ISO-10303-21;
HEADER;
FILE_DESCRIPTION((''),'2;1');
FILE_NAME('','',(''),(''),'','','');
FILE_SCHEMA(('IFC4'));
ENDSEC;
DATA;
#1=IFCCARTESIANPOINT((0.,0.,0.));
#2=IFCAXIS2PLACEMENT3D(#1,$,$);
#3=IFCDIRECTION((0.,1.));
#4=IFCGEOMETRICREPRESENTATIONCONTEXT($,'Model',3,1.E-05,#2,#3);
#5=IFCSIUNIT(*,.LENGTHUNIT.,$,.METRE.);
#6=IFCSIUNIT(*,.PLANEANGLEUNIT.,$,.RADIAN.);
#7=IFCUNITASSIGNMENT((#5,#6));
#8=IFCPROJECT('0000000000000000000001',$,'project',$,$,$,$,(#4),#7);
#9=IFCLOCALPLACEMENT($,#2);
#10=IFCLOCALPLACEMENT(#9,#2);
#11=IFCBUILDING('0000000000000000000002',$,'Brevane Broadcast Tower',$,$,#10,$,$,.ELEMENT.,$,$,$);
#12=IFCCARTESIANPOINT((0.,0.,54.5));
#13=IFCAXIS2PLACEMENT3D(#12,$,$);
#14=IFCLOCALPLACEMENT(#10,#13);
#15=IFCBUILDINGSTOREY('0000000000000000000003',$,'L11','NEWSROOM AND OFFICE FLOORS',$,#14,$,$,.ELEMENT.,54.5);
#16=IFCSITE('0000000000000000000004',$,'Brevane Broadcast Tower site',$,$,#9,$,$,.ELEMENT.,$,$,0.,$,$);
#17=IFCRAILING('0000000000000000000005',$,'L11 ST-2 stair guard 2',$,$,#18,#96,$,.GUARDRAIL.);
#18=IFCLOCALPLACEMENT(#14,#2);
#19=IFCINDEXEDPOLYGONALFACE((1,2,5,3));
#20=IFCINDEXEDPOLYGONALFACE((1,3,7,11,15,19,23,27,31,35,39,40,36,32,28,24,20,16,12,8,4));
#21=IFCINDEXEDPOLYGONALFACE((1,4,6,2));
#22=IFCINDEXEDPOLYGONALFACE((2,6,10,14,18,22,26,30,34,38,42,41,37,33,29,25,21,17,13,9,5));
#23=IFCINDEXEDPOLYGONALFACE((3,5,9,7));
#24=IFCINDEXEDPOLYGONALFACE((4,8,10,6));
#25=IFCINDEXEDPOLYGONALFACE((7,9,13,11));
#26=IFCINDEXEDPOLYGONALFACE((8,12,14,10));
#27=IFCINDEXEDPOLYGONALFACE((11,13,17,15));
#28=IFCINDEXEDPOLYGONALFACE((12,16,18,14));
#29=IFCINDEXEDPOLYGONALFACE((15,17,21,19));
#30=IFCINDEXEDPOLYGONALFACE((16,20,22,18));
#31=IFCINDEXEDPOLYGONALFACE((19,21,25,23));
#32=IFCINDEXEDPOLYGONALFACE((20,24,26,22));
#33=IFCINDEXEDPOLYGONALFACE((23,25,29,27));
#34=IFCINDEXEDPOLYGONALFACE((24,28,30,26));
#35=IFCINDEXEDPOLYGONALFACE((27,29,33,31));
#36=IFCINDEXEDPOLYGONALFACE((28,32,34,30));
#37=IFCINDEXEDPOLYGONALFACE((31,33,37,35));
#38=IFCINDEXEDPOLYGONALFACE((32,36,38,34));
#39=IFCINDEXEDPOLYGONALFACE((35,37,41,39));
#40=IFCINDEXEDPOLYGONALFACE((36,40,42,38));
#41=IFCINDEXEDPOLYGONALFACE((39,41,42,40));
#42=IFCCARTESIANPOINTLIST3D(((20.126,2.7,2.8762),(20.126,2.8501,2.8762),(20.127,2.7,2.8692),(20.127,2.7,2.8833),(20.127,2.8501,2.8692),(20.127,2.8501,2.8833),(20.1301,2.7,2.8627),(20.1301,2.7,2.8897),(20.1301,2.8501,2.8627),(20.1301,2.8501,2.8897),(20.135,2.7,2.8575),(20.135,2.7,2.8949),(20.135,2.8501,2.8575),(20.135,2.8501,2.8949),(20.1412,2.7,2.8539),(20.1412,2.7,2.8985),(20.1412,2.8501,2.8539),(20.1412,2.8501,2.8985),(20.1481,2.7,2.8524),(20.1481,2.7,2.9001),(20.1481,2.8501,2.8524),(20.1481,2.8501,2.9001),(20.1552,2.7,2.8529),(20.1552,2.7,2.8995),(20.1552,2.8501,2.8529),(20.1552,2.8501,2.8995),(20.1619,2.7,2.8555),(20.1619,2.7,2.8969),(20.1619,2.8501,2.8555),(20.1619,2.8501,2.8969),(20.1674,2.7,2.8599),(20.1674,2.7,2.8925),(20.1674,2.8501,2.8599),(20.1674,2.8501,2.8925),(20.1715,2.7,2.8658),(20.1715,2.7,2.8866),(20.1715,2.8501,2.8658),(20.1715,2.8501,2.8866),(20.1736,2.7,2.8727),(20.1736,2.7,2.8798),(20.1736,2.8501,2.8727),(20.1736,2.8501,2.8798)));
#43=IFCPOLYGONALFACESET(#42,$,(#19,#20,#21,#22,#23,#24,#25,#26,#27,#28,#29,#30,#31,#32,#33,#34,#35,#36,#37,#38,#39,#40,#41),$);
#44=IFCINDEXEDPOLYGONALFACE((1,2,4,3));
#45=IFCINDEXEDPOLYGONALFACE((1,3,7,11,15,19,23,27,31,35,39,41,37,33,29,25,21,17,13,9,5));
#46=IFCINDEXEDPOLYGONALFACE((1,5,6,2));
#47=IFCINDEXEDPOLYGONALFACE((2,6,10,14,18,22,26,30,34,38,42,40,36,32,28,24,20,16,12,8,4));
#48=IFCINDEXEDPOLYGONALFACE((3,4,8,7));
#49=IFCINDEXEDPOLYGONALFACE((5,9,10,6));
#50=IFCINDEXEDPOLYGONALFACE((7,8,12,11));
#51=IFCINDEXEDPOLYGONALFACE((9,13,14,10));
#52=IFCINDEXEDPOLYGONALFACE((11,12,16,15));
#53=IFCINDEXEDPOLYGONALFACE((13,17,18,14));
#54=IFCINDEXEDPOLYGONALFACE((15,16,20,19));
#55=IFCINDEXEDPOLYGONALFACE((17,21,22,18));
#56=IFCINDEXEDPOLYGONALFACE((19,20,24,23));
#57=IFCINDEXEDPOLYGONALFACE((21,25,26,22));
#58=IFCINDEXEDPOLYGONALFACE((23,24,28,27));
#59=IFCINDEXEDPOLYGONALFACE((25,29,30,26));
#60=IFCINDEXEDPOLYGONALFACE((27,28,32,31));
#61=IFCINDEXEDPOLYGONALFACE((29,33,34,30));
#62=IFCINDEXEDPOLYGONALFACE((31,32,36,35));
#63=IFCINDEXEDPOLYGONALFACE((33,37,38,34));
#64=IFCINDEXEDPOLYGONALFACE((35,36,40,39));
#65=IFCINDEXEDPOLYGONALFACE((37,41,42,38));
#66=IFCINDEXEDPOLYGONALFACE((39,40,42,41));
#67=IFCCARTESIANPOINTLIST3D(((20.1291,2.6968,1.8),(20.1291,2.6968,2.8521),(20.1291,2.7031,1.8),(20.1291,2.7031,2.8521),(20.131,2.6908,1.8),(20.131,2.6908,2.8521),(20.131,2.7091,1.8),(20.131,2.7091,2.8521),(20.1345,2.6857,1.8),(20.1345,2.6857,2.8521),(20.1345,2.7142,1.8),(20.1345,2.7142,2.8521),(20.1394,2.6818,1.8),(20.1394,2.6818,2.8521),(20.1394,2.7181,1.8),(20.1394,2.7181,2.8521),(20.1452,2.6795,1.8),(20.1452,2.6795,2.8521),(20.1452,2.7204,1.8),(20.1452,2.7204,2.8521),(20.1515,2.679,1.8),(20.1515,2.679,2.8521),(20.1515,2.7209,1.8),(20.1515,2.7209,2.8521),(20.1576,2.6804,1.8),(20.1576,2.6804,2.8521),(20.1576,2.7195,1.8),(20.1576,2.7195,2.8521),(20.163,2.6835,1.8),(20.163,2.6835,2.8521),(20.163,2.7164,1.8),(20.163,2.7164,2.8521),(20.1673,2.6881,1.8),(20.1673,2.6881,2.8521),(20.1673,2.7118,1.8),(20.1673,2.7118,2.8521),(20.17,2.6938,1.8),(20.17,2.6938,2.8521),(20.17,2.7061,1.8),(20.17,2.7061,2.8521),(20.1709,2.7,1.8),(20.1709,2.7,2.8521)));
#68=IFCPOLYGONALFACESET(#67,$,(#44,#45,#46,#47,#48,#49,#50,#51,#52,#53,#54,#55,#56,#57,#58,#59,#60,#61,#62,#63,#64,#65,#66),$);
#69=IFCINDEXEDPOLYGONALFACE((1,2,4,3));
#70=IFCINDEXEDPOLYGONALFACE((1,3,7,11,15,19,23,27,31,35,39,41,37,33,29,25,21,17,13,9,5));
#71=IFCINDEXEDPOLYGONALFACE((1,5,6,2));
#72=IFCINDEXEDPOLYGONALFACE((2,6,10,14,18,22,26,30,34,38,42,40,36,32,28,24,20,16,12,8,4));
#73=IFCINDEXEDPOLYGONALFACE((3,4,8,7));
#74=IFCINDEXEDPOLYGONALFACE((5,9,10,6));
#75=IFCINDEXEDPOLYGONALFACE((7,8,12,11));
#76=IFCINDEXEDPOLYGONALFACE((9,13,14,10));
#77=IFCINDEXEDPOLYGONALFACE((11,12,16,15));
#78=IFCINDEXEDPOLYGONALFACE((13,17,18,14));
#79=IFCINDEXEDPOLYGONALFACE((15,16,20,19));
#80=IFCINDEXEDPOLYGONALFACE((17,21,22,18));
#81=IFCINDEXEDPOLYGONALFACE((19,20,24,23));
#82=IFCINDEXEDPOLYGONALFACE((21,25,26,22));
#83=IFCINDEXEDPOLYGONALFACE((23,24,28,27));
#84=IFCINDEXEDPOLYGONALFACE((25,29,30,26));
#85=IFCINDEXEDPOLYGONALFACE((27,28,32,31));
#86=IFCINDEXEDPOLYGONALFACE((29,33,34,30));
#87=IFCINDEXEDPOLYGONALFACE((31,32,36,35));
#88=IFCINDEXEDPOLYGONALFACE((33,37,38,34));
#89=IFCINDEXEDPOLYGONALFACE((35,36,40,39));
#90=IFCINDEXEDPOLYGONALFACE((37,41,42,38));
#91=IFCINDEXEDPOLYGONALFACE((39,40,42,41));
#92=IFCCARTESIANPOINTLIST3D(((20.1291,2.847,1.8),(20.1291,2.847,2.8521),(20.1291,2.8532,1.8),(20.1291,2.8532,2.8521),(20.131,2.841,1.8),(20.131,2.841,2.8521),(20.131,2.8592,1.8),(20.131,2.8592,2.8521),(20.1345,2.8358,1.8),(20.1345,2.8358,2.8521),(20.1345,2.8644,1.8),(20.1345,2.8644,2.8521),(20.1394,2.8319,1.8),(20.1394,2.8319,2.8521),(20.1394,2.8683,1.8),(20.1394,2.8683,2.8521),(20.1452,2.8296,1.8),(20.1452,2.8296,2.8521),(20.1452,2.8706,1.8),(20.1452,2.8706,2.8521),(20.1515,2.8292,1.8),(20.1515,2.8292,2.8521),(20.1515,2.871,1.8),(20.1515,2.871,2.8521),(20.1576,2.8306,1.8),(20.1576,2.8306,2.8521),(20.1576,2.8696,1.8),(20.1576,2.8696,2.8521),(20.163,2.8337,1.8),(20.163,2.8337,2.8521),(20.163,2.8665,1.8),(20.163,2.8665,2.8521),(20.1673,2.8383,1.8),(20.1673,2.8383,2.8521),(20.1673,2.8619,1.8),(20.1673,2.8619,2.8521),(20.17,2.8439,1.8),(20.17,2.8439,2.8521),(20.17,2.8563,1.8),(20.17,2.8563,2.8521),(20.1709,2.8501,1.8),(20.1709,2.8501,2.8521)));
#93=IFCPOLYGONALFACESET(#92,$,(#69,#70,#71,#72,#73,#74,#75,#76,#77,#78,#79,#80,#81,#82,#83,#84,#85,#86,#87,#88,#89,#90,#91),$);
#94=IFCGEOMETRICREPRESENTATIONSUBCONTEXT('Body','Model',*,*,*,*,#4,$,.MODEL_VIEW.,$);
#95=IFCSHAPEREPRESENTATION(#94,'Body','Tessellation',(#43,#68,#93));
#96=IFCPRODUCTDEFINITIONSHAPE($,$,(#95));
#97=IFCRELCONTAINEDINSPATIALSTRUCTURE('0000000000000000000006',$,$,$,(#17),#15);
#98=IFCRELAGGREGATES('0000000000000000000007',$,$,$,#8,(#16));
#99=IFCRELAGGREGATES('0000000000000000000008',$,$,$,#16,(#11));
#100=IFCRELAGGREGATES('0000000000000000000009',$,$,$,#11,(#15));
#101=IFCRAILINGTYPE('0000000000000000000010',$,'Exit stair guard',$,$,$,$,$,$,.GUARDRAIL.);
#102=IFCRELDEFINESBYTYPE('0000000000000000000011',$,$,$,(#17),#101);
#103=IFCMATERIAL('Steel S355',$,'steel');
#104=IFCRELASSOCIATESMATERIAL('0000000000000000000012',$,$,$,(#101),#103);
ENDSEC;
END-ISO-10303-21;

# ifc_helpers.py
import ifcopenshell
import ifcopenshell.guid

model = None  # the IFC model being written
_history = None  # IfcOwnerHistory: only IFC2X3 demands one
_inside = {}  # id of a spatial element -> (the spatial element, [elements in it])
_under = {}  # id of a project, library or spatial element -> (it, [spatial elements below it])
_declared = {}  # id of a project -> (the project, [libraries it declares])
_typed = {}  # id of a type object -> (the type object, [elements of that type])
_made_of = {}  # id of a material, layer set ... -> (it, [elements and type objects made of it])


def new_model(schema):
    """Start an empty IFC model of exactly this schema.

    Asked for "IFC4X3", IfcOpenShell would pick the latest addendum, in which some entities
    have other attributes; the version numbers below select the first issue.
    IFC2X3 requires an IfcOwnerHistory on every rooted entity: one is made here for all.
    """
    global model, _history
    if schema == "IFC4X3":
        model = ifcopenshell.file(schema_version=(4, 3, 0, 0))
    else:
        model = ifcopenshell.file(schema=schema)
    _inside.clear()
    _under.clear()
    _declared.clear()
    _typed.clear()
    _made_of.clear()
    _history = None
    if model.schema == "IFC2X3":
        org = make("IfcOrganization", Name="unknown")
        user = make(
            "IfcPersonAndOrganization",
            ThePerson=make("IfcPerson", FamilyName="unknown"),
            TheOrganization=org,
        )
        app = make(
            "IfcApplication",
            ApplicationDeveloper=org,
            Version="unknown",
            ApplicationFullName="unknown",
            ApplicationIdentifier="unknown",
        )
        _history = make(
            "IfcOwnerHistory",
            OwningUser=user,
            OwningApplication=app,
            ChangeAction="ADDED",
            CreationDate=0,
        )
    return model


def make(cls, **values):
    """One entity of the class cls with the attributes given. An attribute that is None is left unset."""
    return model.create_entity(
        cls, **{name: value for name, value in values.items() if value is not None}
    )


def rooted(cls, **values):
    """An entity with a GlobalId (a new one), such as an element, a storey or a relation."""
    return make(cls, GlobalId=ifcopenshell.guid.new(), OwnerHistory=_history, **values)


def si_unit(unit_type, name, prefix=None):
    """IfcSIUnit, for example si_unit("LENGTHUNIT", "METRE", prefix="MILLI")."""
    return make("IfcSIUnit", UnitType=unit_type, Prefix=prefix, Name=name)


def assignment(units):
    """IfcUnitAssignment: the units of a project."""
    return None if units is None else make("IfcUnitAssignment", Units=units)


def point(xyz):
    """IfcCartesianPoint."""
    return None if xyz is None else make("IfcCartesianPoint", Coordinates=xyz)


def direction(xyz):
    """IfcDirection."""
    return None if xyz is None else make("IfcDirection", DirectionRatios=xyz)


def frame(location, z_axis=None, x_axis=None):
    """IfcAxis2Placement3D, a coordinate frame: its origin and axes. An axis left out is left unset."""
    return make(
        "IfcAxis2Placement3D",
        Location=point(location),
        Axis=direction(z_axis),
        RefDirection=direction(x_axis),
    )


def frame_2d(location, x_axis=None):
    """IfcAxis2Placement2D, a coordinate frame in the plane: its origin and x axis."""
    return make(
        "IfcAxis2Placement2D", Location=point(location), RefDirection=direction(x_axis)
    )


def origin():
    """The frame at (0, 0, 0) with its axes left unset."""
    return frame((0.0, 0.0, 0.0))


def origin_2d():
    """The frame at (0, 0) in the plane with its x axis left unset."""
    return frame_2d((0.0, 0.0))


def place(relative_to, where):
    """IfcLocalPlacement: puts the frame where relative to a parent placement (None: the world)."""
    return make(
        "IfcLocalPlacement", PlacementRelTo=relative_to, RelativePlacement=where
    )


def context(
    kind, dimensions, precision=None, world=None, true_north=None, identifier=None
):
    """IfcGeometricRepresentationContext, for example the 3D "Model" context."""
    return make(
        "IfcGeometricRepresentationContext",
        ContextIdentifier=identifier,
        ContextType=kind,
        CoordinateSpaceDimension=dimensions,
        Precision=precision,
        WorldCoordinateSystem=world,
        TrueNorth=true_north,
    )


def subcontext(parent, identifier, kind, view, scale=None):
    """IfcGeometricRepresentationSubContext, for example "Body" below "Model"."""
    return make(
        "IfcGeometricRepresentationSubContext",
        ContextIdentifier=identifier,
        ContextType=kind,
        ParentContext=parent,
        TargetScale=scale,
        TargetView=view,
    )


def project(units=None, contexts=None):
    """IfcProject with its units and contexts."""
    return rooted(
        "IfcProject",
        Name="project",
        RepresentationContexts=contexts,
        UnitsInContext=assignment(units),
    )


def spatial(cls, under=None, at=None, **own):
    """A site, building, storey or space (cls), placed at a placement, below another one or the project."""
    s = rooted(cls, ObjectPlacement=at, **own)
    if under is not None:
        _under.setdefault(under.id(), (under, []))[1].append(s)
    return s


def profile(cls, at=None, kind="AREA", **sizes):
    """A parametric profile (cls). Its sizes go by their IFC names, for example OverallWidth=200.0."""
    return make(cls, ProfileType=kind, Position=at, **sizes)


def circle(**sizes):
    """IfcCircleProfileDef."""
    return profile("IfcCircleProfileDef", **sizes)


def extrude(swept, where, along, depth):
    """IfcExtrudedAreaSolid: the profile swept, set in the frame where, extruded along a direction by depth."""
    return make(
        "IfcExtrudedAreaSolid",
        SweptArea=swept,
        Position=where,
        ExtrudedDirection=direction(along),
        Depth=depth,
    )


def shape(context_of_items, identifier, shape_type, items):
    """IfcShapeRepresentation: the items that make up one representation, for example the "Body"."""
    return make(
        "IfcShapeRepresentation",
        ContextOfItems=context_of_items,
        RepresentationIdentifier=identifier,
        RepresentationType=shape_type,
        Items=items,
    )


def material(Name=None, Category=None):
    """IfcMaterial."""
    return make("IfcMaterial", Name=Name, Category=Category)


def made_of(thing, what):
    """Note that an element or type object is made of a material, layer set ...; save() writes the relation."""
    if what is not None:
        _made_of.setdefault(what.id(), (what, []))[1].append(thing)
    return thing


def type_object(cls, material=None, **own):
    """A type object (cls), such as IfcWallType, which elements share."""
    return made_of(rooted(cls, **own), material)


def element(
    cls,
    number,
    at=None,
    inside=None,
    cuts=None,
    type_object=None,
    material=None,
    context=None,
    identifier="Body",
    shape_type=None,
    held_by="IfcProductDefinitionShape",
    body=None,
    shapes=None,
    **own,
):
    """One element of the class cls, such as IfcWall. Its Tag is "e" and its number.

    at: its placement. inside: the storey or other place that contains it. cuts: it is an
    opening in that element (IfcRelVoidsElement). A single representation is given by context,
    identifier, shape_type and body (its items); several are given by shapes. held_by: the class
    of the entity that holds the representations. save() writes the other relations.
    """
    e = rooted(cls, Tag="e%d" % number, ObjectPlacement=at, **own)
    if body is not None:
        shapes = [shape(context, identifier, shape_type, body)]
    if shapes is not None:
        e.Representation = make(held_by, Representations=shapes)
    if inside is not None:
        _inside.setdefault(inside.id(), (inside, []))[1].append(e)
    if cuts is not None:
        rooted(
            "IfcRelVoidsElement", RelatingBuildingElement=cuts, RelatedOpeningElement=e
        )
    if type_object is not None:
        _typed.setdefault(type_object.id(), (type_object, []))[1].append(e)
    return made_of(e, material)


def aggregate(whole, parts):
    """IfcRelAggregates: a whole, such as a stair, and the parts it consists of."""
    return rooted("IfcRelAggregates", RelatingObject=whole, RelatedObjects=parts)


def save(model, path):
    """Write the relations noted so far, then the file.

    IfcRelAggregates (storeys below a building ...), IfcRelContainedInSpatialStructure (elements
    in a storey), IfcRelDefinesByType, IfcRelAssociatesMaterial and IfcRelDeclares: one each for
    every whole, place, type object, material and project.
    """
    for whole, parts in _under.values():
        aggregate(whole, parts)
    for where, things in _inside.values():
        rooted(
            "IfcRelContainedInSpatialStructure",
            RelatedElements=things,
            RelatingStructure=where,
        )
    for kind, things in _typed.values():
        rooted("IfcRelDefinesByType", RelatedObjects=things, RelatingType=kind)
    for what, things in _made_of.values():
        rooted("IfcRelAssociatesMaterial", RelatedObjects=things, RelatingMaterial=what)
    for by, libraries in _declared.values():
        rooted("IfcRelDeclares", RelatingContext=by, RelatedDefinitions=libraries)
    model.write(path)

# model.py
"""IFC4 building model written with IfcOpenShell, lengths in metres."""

from ifc_helpers import new_model, si_unit, direction, frame, origin, origin_2d, place, context, subcontext, project, spatial, circle, extrude, material, type_object, element, save


model = new_model("IFC4")

# Units and contexts
model_context = context("Model", 3, precision=1e-05, world=origin(), true_north=direction((0.0, 1.0)))
body_context = subcontext(model_context, "Body", "Model", "MODEL_VIEW")
ifc_project = project(units=[si_unit("LENGTHUNIT", "METRE"), si_unit("PLANEANGLEUNIT", "RADIAN")], contexts=[model_context])

# Site, building, storey
site_placement = place(None, origin())
site = spatial("IfcSite", under=ifc_project, at=site_placement, Name="Brevane Broadcast Tower site", CompositionType="ELEMENT", RefElevation=0.0)
building_placement = place(site_placement, origin())
building = spatial("IfcBuilding", under=site, at=building_placement, Name="Brevane Broadcast Tower", CompositionType="ELEMENT")
storey_placement = place(building_placement, frame((0.0, 0.0, 54.5)))
storey = spatial("IfcBuildingStorey", under=building, at=storey_placement, Name="L11", Description="NEWSROOM AND OFFICE FLOORS", CompositionType="ELEMENT", Elevation=54.5)

# Railing
ifc_material_1 = material(Name="Steel S355", Category="steel")
railing_type_1 = type_object("IfcRailingType", Name="Exit stair guard", PredefinedType="GUARDRAIL", material=ifc_material_1)
railing_1_placement = place(storey_placement, frame((20.1499, 2.7, 1.8)))
element("IfcRailing", 1, at=railing_1_placement, inside=storey, type_object=railing_type_1, Name="L11 ST-2 stair guard 2", PredefinedType="GUARDRAIL", context=body_context, shape_type="SweptSolid", body=[
    extrude(circle(Radius=0.0239, at=origin_2d()), frame((0.0, 0.0, 1.0762), z_axis=(0.0, 1.0, 0.0), x_axis=(-1.0, 0.0, 0.0)), (0.0, 0.0, 1.0), 0.1501),
    extrude(circle(Radius=0.021, at=origin_2d()), origin(), (0.0, 0.0, 1.0), 1.052),
    extrude(circle(Radius=0.021, at=origin_2d()), frame((0.0, 0.1501, 0.0)), (0.0, 0.0, 1.0), 1.052),
])

save(model, "model.ifc")
